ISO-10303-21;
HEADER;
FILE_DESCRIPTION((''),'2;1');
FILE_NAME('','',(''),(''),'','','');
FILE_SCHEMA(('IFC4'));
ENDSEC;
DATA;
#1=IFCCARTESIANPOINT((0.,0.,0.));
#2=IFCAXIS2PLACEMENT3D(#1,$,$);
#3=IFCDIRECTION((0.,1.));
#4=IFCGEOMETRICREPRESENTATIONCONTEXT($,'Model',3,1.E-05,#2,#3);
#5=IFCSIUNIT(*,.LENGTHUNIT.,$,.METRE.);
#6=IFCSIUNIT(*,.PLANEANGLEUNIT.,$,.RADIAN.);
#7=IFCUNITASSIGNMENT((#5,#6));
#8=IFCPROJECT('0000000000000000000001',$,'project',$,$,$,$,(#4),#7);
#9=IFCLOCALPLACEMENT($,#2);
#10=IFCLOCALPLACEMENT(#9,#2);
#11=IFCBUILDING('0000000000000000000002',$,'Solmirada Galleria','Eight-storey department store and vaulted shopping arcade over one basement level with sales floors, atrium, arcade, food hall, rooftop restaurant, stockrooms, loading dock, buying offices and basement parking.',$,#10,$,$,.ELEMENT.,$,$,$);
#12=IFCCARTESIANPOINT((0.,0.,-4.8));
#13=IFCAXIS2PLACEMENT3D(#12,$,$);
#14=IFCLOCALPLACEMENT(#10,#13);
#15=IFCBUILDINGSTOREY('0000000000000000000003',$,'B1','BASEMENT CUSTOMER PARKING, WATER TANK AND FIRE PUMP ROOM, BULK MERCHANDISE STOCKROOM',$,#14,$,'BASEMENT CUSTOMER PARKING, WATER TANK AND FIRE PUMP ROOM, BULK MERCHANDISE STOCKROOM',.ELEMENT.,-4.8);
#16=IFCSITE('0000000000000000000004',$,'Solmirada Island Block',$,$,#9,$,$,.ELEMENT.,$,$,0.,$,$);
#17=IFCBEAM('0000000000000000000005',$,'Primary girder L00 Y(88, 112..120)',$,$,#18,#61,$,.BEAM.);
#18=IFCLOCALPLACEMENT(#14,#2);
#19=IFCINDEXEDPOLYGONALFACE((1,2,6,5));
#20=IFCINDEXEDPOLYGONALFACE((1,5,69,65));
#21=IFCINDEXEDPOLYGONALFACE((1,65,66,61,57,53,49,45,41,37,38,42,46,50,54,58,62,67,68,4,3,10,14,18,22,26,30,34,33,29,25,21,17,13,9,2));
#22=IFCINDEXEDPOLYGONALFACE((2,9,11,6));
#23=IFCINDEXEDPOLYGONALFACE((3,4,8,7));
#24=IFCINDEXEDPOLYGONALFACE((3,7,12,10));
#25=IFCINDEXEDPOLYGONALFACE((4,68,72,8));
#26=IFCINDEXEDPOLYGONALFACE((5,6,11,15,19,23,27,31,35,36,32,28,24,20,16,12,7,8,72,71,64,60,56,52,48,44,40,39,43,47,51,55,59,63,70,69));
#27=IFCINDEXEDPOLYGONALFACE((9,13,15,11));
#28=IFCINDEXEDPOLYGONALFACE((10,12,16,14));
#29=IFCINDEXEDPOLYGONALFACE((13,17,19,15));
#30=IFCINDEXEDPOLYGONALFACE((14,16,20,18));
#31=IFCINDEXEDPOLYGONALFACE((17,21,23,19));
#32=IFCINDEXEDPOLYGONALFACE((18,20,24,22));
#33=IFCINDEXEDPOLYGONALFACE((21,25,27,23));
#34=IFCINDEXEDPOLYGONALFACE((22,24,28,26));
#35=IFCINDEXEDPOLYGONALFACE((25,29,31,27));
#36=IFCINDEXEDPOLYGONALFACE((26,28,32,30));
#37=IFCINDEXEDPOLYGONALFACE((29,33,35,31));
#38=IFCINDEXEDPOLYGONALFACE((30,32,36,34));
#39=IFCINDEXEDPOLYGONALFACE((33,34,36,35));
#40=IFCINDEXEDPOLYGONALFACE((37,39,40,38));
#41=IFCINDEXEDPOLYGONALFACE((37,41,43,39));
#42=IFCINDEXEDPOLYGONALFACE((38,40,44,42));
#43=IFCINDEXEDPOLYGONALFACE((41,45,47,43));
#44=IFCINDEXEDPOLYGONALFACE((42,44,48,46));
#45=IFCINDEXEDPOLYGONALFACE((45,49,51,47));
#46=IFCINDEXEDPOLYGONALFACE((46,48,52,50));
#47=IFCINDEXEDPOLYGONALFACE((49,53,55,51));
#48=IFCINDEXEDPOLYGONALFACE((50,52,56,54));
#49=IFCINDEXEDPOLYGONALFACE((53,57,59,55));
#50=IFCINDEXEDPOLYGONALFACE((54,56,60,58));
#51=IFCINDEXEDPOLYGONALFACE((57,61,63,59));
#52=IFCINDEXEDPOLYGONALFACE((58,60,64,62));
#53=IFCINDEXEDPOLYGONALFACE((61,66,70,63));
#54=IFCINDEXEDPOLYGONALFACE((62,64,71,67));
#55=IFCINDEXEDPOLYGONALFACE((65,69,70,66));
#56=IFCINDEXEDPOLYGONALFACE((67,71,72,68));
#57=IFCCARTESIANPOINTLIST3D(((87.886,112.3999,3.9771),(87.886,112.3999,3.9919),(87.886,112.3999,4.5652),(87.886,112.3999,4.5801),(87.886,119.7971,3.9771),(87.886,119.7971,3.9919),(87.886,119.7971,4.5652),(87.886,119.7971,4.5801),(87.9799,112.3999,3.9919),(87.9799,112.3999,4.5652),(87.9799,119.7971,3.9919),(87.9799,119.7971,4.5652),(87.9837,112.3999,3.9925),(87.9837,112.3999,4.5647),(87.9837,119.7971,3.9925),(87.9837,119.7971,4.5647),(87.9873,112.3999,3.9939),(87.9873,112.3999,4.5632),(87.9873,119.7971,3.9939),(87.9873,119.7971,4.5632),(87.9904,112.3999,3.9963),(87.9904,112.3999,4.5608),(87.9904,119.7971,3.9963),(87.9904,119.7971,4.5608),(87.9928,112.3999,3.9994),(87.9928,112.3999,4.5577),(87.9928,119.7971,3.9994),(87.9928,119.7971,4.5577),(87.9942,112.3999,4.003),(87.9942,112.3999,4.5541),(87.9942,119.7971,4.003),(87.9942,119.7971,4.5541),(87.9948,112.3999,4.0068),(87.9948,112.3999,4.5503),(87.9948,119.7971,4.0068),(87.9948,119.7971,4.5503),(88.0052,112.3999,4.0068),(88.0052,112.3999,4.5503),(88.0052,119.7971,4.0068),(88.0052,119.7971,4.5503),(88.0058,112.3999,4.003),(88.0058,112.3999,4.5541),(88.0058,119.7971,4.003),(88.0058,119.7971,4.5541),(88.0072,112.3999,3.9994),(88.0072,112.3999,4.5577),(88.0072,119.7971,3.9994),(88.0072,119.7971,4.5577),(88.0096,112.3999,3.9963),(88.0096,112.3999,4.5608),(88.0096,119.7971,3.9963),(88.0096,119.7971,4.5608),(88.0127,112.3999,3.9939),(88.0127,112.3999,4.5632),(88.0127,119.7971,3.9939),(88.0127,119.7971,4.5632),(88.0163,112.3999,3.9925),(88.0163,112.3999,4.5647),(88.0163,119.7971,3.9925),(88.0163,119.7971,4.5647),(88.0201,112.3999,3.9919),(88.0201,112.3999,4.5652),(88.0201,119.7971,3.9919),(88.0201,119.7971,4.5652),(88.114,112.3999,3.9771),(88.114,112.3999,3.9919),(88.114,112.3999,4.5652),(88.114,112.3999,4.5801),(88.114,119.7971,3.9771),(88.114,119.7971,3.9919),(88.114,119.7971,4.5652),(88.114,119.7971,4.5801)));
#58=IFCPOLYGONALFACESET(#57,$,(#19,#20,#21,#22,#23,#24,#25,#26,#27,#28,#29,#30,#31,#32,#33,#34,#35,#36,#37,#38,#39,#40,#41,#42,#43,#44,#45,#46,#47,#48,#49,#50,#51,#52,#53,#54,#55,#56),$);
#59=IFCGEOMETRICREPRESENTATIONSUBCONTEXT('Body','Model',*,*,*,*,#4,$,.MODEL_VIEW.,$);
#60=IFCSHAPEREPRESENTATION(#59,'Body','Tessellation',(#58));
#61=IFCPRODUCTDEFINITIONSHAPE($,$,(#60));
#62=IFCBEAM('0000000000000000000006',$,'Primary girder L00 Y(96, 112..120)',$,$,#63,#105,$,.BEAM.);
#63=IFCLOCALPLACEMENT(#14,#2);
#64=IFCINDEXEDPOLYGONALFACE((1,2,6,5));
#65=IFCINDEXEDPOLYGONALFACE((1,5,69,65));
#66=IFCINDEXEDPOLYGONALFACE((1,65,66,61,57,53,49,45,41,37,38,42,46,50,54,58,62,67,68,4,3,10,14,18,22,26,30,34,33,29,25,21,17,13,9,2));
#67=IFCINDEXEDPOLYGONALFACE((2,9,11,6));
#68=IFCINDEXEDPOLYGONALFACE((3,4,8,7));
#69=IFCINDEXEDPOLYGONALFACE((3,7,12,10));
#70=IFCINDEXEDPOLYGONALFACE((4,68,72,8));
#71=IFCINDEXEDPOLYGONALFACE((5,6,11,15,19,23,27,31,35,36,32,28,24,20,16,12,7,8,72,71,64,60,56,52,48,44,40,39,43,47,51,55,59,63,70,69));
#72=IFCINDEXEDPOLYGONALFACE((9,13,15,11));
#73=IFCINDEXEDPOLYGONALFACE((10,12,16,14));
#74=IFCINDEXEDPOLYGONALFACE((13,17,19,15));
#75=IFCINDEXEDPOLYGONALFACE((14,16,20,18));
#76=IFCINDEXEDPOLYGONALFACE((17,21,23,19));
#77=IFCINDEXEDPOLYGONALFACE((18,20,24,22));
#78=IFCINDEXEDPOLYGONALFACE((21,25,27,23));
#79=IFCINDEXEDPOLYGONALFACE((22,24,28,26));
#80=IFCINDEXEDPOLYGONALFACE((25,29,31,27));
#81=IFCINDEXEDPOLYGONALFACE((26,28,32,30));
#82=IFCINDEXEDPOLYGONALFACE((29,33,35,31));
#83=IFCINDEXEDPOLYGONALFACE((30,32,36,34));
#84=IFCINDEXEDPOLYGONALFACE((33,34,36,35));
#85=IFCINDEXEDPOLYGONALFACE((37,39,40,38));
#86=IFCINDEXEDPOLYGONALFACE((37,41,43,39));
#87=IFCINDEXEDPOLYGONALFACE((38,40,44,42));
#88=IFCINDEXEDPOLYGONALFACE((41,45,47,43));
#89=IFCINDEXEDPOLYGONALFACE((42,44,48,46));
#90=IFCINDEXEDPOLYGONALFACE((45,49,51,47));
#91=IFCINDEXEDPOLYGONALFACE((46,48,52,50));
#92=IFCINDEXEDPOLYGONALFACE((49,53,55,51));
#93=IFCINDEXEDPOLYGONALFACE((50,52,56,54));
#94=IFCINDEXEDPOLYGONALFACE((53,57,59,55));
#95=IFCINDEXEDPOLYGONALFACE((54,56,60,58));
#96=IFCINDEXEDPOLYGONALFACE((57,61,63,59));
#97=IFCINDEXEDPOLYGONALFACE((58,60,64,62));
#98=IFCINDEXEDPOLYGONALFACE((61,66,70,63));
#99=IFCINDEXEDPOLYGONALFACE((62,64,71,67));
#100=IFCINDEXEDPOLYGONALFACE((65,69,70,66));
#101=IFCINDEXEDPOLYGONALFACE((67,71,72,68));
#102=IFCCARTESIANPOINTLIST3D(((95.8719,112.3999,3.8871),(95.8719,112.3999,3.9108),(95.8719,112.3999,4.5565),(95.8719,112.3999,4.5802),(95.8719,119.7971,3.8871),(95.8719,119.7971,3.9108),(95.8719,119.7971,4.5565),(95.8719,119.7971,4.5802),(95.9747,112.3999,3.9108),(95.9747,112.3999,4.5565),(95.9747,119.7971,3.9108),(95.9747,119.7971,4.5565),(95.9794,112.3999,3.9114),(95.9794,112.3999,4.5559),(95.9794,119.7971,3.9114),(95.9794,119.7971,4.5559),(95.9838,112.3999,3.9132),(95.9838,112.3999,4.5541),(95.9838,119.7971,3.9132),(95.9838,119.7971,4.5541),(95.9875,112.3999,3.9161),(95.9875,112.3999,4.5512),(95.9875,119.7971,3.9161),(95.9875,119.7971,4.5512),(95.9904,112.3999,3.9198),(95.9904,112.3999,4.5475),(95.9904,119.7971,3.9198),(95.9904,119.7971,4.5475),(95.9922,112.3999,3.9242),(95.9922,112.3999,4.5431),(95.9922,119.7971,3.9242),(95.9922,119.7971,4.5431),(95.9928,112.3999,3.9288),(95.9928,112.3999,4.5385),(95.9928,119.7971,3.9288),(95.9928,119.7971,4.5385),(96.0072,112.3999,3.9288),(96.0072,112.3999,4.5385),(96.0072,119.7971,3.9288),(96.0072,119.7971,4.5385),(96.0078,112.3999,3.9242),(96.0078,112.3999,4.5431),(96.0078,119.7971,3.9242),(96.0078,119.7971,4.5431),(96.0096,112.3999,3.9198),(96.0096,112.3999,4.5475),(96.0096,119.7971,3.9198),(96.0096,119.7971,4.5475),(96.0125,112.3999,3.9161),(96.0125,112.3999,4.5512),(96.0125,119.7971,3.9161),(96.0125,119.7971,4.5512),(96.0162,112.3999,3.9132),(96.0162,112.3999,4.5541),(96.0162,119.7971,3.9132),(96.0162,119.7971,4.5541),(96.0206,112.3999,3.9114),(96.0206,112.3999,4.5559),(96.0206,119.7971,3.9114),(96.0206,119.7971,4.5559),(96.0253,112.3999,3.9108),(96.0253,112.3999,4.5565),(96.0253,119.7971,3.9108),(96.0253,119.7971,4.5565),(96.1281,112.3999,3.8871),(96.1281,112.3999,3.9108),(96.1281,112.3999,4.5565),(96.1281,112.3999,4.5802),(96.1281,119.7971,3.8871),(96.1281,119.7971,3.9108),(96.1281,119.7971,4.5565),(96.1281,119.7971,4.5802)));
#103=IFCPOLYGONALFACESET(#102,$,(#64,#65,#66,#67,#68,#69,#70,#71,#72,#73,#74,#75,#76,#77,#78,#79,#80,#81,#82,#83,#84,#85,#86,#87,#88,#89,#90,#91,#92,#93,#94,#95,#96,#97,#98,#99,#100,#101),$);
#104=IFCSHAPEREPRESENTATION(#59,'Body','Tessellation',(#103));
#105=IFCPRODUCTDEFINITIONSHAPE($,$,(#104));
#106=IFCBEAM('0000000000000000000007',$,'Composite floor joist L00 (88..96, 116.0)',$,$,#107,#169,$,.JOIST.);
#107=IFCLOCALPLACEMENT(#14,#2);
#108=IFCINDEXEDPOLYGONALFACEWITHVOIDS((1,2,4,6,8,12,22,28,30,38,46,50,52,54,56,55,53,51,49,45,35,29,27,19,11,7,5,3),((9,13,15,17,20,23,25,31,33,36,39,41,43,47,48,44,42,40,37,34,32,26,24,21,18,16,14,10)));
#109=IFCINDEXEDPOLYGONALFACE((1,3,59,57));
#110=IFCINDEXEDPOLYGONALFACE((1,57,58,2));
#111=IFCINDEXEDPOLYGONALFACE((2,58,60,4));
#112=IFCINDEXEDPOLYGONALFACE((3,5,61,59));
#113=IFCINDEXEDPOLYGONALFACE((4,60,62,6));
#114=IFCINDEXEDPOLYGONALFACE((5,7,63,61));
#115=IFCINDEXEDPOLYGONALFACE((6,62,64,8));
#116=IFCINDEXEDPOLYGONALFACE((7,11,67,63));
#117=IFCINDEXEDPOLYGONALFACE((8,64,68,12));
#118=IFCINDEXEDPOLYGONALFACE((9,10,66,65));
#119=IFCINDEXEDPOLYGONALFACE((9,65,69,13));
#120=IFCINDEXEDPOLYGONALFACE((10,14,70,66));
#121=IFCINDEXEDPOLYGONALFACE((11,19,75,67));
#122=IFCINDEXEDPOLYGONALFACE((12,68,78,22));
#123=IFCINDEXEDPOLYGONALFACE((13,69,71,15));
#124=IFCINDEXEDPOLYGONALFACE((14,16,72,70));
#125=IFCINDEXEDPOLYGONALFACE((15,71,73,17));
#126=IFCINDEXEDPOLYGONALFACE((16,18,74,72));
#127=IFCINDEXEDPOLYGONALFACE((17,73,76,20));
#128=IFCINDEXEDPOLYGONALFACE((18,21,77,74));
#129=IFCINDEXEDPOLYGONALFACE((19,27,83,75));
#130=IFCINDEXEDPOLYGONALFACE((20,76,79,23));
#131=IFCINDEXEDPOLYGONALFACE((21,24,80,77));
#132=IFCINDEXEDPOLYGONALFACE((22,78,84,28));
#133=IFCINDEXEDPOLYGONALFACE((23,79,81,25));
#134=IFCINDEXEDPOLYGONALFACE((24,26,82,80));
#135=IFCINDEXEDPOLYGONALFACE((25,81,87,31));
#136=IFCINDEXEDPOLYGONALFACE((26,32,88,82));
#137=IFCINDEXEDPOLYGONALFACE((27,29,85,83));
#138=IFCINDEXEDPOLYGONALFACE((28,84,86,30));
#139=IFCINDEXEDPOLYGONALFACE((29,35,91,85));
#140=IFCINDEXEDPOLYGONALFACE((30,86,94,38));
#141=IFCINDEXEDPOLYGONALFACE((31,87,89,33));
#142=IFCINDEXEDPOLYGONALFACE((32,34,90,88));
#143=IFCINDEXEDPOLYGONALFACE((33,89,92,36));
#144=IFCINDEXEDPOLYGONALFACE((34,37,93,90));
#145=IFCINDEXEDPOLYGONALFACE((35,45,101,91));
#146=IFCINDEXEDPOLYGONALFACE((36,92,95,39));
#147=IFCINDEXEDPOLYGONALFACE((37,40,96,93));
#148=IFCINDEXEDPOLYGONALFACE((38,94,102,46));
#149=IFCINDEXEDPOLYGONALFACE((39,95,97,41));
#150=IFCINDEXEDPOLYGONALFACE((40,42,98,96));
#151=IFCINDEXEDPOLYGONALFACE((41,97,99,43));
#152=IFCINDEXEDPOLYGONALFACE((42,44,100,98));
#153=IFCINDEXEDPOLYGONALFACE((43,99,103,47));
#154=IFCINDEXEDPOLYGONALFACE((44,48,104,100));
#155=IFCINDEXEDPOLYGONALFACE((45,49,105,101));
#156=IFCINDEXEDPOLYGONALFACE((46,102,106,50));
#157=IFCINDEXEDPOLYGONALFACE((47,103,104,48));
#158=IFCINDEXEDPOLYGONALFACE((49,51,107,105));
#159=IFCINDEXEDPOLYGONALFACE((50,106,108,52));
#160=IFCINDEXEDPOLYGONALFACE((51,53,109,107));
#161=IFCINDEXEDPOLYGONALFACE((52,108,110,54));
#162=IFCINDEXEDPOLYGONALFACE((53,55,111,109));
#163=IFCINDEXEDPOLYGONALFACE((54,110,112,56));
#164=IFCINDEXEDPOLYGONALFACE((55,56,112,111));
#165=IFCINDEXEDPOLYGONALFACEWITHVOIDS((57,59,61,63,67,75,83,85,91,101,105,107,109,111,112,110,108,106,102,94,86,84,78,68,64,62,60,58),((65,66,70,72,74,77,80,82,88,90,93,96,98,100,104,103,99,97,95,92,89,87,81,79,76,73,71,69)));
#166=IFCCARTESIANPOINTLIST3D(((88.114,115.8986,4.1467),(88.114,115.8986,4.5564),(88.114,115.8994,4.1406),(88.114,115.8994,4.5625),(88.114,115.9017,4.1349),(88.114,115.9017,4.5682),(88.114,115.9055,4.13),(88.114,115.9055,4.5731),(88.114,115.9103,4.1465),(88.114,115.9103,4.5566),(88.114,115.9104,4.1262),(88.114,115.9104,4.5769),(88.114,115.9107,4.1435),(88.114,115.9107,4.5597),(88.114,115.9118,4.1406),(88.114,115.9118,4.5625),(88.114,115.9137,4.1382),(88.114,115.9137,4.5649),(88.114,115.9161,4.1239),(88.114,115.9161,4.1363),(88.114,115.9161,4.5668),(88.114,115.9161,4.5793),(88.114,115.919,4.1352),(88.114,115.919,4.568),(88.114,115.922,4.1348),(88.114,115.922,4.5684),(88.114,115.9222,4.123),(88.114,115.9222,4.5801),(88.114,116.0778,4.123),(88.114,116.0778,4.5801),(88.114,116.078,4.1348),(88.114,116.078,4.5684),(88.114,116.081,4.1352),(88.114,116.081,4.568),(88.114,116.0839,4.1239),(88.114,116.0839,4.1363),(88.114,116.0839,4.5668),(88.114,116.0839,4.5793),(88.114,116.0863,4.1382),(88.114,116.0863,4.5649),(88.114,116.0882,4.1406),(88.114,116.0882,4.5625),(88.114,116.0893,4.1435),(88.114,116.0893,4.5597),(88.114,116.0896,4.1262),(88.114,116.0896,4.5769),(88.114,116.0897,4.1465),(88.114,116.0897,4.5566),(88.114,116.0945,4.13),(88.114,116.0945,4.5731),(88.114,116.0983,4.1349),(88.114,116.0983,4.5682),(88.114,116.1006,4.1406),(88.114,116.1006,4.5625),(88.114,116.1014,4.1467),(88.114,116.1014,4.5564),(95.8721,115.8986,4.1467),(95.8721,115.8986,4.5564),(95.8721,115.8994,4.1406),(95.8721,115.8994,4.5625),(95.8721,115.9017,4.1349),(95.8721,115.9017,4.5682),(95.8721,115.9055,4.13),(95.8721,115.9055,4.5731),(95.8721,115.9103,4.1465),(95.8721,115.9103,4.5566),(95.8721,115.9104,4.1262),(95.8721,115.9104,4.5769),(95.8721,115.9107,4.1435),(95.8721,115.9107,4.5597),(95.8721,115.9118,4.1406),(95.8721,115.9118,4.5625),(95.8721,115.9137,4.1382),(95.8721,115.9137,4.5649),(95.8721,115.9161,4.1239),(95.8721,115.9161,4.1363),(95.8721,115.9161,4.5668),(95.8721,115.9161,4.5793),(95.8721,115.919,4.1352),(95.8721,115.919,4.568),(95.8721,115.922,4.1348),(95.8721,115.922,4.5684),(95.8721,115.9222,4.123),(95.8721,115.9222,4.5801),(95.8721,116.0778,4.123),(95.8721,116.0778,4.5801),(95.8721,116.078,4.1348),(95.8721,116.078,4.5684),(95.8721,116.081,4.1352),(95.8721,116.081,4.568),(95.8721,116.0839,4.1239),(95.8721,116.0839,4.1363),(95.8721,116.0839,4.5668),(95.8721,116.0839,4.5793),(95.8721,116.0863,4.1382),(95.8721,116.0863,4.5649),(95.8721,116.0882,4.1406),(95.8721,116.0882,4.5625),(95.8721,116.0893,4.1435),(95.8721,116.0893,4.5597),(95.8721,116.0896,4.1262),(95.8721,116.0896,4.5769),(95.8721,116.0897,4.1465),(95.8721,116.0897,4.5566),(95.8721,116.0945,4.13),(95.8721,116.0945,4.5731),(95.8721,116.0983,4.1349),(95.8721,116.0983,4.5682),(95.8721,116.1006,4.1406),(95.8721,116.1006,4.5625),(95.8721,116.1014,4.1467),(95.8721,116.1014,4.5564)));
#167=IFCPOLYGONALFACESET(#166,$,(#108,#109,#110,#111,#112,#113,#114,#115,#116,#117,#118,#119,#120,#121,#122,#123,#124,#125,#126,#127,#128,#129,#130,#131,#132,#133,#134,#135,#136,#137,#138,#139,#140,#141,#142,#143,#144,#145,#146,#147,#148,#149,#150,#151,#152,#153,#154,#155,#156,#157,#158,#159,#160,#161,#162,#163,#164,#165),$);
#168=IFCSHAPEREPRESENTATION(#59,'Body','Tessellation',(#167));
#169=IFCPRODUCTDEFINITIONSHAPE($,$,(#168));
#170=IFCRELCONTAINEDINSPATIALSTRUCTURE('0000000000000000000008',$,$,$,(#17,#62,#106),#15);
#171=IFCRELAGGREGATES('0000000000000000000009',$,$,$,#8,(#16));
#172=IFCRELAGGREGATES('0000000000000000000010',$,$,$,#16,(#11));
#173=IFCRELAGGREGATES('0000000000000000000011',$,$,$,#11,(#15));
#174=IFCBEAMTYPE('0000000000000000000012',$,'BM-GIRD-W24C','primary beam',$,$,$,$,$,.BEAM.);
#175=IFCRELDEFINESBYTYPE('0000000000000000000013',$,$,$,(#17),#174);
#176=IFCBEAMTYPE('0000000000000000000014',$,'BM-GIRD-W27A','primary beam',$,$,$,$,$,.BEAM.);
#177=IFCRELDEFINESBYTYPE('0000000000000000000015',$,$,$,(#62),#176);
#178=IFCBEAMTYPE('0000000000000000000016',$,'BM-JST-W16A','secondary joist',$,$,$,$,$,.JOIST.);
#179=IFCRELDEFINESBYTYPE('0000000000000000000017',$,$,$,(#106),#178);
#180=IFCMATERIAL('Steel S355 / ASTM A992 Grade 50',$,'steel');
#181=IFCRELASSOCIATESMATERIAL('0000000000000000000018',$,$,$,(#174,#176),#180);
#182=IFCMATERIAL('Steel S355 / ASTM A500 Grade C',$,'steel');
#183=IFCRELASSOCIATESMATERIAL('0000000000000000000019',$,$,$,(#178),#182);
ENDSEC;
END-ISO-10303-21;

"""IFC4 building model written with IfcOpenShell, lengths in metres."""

from ifc_helpers import new_model, si_unit, direction, frame, origin, origin_2d, place, context, subcontext, project, spatial, hollow_rectangle, i_section, extrude, material, material_profile, profile_set, type_object, element, save


model = new_model("IFC4")

# Units and contexts
model_context = context("Model", 3, precision=1e-05, world=origin(), true_north=direction((0.0, 1.0)))
body_context = subcontext(model_context, "Body", "Model", "MODEL_VIEW")
ifc_project = project(units=[si_unit("LENGTHUNIT", "METRE"), si_unit("PLANEANGLEUNIT", "RADIAN")], contexts=[model_context])

# Site, building, storey
site_placement = place(None, origin())
site = spatial("IfcSite", under=ifc_project, at=site_placement, Name="Solmirada Island Block", CompositionType="ELEMENT", RefElevation=0.0)
building_placement = place(site_placement, origin())
building = spatial("IfcBuilding", under=site, at=building_placement, Name="Solmirada Galleria", Description="Eight-storey department store and vaulted shopping arcade over one basement level with sales floors, atrium, arcade, food hall, rooftop restaurant, stockrooms, loading dock, buying offices and basement parking.", CompositionType="ELEMENT")
storey_placement = place(building_placement, frame((0.0, 0.0, -4.8)))
storey = spatial("IfcBuildingStorey", under=building, at=storey_placement, Name="B1", Description="BASEMENT CUSTOMER PARKING, WATER TANK AND FIRE PUMP ROOM, BULK MERCHANDISE STOCKROOM", LongName="BASEMENT CUSTOMER PARKING, WATER TANK AND FIRE PUMP ROOM, BULK MERCHANDISE STOCKROOM", CompositionType="ELEMENT", Elevation=-4.8)

# Shared definitions
ifc_material_1 = material(Name="Steel S355 / ASTM A500 Grade C", Category="steel")

# Beams
ifc_material_2 = material(Name="Steel S355 / ASTM A992 Grade 50", Category="steel")
ifc_material_profile_1 = material_profile(ifc_material_2, i_section(OverallWidth=0.228, OverallDepth=0.603, WebThickness=0.0105, FlangeThickness=0.0149, FilletRadius=0.0149, at=origin_2d()), Name="W24X68")
ifc_profile_set_1 = profile_set([ifc_material_profile_1], Name="Steel S355 / ASTM A992 Grade 50")
beam_type_1 = type_object("IfcBeamType", Name="BM-GIRD-W24C", Description="primary beam", PredefinedType="BEAM", material=ifc_profile_set_1)
beam_1_placement = place(storey_placement, frame((88.0, 112.3999, 4.2786), z_axis=(0.0, 1.0, 0.0), x_axis=(-1.0, 0.0, 0.0)))
element("IfcBeam", 1, at=beam_1_placement, inside=storey, type_object=beam_type_1, Name="Primary girder L00 Y(88, 112..120)", PredefinedType="BEAM", context=body_context, shape_type="SweptSolid", body=[
    extrude(i_section(OverallWidth=0.228, OverallDepth=0.603, WebThickness=0.0105, FlangeThickness=0.0149, FilletRadius=0.0149, at=origin_2d()), origin(), (0.0, 0.0, 1.0), 7.3972),
])
ifc_material_profile_2 = material_profile(ifc_material_2, i_section(OverallWidth=0.2561, OverallDepth=0.6931, WebThickness=0.0144, FlangeThickness=0.0237, FilletRadius=0.0181, at=origin_2d()), Name="W27X114")
ifc_profile_set_2 = profile_set([ifc_material_profile_2], Name="Steel S355 / ASTM A992 Grade 50")
beam_type_2 = type_object("IfcBeamType", Name="BM-GIRD-W27A", Description="primary beam", PredefinedType="BEAM", material=ifc_profile_set_2)
beam_2_placement = place(storey_placement, frame((96.0, 112.3999, 4.2336), z_axis=(0.0, 1.0, 0.0), x_axis=(-1.0, 0.0, 0.0)))
element("IfcBeam", 2, at=beam_2_placement, inside=storey, type_object=beam_type_2, Name="Primary girder L00 Y(96, 112..120)", PredefinedType="BEAM", context=body_context, shape_type="SweptSolid", body=[
    extrude(i_section(OverallWidth=0.2561, OverallDepth=0.6931, WebThickness=0.0144, FlangeThickness=0.0237, FilletRadius=0.0181, at=origin_2d()), origin(), (0.0, 0.0, 1.0), 7.3972),
])
ifc_material_profile_3 = material_profile(ifc_material_1, hollow_rectangle(XDim=0.2029, YDim=0.457, WallThickness=0.0117, InnerFilletRadius=0.0117, OuterFilletRadius=0.0237, at=origin_2d()), Name="HSS18X8X1/2")
ifc_profile_set_3 = profile_set([ifc_material_profile_3], Name="Steel S355 / ASTM A500 Grade C")
beam_type_3 = type_object("IfcBeamType", Name="BM-JST-W16A", Description="secondary joist", PredefinedType="JOIST", material=ifc_profile_set_3)
beam_3_placement = place(storey_placement, frame((88.114, 116.0, 4.3516), z_axis=(1.0, 0.0, 0.0), x_axis=(0.0, 1.0, 0.0)))
element("IfcBeam", 3, at=beam_3_placement, inside=storey, type_object=beam_type_3, Name="Composite floor joist L00 (88..96, 116.0)", PredefinedType="JOIST", context=body_context, shape_type="SweptSolid", body=[
    extrude(hollow_rectangle(XDim=0.2029, YDim=0.457, WallThickness=0.0117, InnerFilletRadius=0.0117, OuterFilletRadius=0.0237, at=origin_2d()), origin(), (0.0, 0.0, 1.0), 7.7581),
])

save(model, "model.ifc")
